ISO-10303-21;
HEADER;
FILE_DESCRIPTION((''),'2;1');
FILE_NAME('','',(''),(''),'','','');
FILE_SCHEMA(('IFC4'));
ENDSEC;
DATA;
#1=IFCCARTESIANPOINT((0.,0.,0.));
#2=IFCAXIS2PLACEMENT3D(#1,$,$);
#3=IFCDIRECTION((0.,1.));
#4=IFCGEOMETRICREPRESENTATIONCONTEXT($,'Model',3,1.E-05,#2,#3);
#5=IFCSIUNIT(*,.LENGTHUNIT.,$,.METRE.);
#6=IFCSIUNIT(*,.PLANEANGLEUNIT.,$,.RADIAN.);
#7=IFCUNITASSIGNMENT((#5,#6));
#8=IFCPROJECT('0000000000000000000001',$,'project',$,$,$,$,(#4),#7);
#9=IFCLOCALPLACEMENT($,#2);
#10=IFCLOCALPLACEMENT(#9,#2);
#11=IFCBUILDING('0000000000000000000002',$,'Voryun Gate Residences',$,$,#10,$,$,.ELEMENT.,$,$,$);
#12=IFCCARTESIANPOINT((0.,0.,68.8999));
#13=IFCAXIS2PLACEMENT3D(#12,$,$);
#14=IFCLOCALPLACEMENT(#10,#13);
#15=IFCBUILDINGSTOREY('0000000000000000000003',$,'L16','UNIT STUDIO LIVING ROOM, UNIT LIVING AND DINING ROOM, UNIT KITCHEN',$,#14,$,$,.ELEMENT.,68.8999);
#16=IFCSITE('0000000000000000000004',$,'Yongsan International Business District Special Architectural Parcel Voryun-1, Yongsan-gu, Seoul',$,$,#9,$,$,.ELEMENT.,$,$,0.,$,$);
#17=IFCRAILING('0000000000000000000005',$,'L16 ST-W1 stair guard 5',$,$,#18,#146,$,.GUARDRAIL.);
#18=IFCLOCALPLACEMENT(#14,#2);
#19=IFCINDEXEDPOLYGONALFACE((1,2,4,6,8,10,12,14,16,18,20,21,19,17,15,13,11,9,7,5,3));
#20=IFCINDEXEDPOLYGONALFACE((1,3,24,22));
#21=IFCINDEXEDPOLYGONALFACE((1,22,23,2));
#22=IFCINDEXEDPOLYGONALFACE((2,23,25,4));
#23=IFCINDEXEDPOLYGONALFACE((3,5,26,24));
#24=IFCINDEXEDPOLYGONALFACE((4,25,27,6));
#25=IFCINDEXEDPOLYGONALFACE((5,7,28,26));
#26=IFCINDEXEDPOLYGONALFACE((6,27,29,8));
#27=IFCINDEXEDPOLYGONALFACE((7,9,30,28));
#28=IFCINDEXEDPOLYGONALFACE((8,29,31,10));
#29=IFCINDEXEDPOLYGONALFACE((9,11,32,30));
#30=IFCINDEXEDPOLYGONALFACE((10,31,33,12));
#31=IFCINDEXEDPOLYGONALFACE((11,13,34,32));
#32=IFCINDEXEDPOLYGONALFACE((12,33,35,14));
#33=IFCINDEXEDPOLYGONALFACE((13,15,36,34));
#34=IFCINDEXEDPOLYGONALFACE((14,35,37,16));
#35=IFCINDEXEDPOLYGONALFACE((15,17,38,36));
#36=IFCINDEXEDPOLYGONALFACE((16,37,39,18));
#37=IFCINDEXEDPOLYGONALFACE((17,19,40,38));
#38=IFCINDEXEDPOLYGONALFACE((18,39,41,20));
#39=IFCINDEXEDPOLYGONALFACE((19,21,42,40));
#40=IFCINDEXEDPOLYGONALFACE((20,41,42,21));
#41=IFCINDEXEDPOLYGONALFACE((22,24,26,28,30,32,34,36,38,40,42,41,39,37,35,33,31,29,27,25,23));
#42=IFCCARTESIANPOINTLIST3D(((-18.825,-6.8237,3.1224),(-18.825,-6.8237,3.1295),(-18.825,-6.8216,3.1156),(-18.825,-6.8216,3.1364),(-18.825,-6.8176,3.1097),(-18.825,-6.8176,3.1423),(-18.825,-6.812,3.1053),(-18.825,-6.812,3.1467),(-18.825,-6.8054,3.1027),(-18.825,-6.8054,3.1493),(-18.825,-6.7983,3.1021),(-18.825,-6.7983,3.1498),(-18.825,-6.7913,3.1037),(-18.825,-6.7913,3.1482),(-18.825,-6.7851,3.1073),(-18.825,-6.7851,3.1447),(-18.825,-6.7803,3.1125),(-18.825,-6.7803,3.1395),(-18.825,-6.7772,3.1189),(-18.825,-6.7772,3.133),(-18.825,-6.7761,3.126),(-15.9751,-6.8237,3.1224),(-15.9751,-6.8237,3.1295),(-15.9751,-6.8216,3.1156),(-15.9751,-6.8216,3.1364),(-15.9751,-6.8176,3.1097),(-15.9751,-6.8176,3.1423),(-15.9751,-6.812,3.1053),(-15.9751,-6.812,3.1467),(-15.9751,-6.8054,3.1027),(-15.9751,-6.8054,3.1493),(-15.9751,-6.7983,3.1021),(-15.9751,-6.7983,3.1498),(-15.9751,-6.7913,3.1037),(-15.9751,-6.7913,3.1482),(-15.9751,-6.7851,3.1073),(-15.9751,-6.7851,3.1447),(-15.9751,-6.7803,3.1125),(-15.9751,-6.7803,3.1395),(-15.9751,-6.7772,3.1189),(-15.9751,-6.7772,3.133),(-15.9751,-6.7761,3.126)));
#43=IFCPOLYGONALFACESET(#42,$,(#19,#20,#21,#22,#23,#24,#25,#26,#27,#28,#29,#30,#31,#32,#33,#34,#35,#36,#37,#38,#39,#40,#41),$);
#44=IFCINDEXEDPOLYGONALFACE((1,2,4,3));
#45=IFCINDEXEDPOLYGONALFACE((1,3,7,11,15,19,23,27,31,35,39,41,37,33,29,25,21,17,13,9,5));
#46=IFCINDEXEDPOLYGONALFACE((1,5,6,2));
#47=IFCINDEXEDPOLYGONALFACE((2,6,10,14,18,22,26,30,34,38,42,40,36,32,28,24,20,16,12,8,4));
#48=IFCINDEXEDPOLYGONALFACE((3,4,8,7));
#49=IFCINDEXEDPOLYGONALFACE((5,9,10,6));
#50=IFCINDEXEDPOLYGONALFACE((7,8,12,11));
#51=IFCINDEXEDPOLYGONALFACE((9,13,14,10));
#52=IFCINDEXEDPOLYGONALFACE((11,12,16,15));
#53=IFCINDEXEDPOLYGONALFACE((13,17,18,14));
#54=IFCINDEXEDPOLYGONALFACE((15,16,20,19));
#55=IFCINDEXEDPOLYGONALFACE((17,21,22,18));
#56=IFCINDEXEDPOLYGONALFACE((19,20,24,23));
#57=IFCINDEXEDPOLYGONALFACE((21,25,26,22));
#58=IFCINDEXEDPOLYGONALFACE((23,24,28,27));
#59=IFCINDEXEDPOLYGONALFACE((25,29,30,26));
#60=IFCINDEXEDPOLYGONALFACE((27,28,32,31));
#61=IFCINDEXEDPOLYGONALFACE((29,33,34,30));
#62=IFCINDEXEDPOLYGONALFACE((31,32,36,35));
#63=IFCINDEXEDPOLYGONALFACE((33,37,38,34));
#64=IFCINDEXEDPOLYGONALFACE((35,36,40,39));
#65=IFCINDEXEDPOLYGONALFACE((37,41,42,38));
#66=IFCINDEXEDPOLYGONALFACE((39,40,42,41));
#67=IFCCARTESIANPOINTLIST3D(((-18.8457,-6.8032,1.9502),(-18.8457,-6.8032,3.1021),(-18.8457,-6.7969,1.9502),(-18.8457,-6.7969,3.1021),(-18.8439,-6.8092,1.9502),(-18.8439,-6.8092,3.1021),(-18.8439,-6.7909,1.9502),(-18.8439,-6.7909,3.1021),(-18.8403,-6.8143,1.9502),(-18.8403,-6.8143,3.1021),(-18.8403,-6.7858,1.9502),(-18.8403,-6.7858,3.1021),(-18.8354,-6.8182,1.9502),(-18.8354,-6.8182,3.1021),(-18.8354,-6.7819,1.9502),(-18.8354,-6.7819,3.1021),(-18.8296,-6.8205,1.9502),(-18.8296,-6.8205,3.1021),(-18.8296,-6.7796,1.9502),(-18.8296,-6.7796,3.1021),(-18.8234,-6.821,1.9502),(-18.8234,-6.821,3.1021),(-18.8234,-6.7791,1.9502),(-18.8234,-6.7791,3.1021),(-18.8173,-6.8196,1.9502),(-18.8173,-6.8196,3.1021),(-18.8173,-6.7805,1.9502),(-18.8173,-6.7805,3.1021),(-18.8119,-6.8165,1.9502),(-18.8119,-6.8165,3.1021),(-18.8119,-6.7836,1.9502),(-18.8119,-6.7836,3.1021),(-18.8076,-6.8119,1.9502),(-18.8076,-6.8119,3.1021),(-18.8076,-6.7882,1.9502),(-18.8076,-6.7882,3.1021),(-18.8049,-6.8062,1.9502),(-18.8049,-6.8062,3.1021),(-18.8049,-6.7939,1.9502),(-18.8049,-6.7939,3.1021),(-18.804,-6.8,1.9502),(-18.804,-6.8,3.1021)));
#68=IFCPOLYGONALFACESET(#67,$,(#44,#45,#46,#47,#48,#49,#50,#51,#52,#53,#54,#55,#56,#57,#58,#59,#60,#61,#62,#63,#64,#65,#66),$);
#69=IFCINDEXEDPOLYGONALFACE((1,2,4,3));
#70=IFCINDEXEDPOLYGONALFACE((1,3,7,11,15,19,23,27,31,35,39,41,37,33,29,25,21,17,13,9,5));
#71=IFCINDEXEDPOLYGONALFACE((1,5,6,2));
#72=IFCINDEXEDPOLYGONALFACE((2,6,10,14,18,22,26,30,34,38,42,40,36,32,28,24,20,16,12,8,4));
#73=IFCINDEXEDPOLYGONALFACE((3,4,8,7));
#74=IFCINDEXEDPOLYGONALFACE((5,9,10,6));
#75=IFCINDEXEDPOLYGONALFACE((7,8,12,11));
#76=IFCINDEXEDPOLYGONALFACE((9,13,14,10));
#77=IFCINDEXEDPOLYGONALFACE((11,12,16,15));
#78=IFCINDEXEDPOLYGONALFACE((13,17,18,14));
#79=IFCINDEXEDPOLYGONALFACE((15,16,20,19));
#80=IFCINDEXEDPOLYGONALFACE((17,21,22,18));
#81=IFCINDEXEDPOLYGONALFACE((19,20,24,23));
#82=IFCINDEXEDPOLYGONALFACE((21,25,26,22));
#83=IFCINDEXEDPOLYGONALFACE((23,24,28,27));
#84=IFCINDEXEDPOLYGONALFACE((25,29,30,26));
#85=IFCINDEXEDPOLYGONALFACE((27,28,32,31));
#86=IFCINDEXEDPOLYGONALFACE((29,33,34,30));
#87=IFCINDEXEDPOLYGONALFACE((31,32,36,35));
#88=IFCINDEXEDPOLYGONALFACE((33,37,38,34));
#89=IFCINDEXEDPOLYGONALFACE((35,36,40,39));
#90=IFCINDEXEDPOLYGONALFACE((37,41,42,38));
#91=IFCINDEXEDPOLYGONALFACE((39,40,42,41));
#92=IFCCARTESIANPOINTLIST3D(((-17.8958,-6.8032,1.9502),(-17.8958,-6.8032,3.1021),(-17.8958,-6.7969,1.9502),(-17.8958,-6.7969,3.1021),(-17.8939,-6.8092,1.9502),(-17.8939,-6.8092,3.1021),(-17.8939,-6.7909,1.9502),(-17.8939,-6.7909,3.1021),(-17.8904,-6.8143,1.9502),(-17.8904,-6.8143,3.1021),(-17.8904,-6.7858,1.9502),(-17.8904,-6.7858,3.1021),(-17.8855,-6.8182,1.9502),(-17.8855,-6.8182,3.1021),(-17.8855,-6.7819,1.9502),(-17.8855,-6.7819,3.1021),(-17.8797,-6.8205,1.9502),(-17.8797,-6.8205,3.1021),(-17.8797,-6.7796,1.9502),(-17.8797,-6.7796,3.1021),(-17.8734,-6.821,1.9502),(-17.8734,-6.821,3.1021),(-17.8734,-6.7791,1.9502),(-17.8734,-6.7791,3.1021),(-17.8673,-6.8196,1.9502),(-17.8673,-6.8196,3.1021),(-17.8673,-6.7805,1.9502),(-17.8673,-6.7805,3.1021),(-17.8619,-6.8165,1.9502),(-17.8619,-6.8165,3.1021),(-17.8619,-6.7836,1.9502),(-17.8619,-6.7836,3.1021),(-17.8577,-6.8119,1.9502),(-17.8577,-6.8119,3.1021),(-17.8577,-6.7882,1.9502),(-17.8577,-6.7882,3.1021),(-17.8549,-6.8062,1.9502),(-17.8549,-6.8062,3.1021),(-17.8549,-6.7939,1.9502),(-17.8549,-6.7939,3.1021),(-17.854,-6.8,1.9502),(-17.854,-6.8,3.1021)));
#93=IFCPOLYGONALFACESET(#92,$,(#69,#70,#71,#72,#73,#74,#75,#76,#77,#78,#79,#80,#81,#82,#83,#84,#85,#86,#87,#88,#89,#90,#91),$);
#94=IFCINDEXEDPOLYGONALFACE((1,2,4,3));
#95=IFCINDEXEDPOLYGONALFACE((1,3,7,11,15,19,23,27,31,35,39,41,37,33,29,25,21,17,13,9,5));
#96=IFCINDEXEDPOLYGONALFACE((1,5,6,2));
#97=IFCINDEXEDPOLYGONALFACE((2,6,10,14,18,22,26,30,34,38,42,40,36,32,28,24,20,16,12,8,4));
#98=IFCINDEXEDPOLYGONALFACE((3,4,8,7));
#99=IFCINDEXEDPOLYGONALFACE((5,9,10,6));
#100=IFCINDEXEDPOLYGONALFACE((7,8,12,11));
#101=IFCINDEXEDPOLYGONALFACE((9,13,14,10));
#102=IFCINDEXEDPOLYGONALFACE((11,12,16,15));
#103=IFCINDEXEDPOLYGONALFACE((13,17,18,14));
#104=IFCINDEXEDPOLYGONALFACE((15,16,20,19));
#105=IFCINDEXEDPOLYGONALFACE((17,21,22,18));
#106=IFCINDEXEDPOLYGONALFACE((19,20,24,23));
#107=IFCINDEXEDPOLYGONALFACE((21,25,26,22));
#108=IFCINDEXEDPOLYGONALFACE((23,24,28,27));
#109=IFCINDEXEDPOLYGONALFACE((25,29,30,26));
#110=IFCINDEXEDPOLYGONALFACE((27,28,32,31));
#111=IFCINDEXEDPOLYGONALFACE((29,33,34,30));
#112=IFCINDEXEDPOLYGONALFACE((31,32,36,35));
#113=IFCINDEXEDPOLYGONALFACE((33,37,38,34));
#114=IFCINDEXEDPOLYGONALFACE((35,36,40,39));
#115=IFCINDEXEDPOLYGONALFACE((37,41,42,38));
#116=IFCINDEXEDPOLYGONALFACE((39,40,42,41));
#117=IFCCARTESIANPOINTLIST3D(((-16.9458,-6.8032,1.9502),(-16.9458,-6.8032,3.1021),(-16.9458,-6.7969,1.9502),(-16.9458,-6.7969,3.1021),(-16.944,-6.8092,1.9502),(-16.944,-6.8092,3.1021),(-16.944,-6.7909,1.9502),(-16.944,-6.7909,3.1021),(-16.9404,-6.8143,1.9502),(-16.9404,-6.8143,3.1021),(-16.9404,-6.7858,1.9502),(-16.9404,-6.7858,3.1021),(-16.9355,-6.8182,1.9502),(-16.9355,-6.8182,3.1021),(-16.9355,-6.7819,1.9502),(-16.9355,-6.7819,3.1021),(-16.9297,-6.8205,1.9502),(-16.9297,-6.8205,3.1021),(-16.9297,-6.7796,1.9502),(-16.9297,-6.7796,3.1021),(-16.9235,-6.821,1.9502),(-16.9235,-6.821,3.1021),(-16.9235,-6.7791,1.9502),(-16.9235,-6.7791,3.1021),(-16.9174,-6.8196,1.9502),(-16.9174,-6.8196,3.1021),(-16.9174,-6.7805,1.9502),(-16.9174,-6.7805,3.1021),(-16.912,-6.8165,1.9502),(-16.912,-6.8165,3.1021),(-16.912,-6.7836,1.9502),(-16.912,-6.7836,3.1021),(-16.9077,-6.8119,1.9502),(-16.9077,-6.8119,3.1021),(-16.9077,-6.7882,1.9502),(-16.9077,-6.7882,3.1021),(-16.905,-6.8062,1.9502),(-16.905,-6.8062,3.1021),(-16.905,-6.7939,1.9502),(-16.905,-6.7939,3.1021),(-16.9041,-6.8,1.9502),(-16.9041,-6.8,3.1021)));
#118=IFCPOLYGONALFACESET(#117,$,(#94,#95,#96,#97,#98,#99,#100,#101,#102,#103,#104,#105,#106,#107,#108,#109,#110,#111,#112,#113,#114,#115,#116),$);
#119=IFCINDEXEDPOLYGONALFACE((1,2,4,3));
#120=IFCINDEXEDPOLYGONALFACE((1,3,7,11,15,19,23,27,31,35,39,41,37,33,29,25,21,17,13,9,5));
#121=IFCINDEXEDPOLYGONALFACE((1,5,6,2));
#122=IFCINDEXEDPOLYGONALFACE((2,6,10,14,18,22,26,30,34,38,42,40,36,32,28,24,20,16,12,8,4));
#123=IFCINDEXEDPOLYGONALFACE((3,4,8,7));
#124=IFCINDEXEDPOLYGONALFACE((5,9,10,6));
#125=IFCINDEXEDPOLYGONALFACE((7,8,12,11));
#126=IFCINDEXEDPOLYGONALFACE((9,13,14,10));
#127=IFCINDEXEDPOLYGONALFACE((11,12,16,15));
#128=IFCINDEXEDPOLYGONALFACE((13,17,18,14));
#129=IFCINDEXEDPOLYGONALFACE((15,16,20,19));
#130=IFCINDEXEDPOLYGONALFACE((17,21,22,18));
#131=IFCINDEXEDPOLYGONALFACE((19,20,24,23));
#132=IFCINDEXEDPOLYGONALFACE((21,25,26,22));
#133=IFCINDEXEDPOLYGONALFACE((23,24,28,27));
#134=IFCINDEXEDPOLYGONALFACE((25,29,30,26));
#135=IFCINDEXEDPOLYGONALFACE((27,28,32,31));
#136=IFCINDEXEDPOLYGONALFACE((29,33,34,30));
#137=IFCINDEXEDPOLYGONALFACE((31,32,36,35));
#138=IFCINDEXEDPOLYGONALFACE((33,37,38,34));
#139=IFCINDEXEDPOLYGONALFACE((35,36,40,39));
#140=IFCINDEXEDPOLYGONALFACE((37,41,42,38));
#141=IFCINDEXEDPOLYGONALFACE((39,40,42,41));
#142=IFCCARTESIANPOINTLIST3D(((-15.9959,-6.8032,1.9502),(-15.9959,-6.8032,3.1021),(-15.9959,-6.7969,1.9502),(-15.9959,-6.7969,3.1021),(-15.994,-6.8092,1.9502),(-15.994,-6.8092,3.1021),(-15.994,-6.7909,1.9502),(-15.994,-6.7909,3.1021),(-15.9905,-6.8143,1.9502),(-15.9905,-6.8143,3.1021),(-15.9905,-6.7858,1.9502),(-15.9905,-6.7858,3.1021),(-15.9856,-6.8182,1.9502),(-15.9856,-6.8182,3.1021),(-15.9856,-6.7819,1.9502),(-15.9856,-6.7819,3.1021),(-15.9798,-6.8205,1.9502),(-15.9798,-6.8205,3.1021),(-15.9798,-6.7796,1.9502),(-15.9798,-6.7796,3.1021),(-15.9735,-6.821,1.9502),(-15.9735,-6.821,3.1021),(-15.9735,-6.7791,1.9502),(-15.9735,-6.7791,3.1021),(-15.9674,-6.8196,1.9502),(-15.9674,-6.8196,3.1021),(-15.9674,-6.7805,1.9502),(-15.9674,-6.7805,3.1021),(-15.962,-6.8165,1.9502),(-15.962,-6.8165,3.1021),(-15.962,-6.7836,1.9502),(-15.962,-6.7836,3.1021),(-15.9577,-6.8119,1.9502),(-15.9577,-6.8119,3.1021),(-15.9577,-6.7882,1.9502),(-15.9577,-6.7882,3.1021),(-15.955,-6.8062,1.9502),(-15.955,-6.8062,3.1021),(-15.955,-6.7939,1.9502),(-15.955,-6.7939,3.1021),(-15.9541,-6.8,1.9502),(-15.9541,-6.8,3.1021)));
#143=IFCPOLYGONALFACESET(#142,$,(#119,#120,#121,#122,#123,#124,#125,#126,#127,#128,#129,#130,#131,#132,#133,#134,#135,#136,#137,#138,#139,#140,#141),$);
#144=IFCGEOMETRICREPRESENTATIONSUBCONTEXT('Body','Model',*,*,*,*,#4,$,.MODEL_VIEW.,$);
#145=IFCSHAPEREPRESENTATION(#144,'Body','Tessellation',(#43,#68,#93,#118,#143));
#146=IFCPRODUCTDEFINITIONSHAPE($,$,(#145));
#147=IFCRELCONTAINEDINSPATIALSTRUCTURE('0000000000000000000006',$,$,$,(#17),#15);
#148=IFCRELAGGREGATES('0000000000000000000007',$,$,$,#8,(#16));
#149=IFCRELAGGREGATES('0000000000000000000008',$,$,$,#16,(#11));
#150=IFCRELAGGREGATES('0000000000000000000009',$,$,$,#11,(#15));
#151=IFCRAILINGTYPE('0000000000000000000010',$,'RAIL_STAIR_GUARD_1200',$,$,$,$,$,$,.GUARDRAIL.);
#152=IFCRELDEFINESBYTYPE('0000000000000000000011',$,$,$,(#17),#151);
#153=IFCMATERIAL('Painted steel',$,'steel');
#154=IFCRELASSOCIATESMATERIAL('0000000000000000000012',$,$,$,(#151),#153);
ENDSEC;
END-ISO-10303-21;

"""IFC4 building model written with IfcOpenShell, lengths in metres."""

from ifc_helpers import new_model, si_unit, direction, frame, origin, origin_2d, place, context, subcontext, project, spatial, circle, extrude, material, type_object, element, save


model = new_model("IFC4")

# Units and contexts
model_context = context("Model", 3, precision=1e-05, world=origin(), true_north=direction((0.0, 1.0)))
body_context = subcontext(model_context, "Body", "Model", "MODEL_VIEW")
ifc_project = project(units=[si_unit("LENGTHUNIT", "METRE"), si_unit("PLANEANGLEUNIT", "RADIAN")], contexts=[model_context])

# Site, building, storey
site_placement = place(None, origin())
site = spatial("IfcSite", under=ifc_project, at=site_placement, Name="Yongsan International Business District Special Architectural Parcel Voryun-1, Yongsan-gu, Seoul", CompositionType="ELEMENT", RefElevation=0.0)
building_placement = place(site_placement, origin())
building = spatial("IfcBuilding", under=site, at=building_placement, Name="Voryun Gate Residences", CompositionType="ELEMENT")
storey_placement = place(building_placement, frame((0.0, 0.0, 68.8999)))
storey = spatial("IfcBuildingStorey", under=building, at=storey_placement, Name="L16", Description="UNIT STUDIO LIVING ROOM, UNIT LIVING AND DINING ROOM, UNIT KITCHEN", CompositionType="ELEMENT", Elevation=68.8999)

# Railing
ifc_material_1 = material(Name="Painted steel", Category="steel")
railing_type_1 = type_object("IfcRailingType", Name="RAIL_STAIR_GUARD_1200", PredefinedType="GUARDRAIL", material=ifc_material_1)
railing_1_placement = place(storey_placement, frame((-18.825, -6.8, 1.9502)))
element("IfcRailing", 1, at=railing_1_placement, inside=storey, type_object=railing_type_1, Name="L16 ST-W1 stair guard 5", PredefinedType="GUARDRAIL", context=body_context, shape_type="SweptSolid", body=[
    extrude(circle(Radius=0.0239, at=origin_2d()), frame((0.0, 0.0, 1.1758), z_axis=(1.0, 0.0, 0.0), x_axis=(0.0, 1.0, 0.0)), (0.0, 0.0, 1.0), 2.8499),
    extrude(circle(Radius=0.021, at=origin_2d()), origin(), (0.0, 0.0, 1.0), 1.1519),
    extrude(circle(Radius=0.021, at=origin_2d()), frame((0.95, 0.0, 0.0)), (0.0, 0.0, 1.0), 1.1519),
    extrude(circle(Radius=0.021, at=origin_2d()), frame((1.8999, 0.0, 0.0)), (0.0, 0.0, 1.0), 1.1519),
    extrude(circle(Radius=0.021, at=origin_2d()), frame((2.8499, 0.0, 0.0)), (0.0, 0.0, 1.0), 1.1519),
])

save(model, "model.ifc")
